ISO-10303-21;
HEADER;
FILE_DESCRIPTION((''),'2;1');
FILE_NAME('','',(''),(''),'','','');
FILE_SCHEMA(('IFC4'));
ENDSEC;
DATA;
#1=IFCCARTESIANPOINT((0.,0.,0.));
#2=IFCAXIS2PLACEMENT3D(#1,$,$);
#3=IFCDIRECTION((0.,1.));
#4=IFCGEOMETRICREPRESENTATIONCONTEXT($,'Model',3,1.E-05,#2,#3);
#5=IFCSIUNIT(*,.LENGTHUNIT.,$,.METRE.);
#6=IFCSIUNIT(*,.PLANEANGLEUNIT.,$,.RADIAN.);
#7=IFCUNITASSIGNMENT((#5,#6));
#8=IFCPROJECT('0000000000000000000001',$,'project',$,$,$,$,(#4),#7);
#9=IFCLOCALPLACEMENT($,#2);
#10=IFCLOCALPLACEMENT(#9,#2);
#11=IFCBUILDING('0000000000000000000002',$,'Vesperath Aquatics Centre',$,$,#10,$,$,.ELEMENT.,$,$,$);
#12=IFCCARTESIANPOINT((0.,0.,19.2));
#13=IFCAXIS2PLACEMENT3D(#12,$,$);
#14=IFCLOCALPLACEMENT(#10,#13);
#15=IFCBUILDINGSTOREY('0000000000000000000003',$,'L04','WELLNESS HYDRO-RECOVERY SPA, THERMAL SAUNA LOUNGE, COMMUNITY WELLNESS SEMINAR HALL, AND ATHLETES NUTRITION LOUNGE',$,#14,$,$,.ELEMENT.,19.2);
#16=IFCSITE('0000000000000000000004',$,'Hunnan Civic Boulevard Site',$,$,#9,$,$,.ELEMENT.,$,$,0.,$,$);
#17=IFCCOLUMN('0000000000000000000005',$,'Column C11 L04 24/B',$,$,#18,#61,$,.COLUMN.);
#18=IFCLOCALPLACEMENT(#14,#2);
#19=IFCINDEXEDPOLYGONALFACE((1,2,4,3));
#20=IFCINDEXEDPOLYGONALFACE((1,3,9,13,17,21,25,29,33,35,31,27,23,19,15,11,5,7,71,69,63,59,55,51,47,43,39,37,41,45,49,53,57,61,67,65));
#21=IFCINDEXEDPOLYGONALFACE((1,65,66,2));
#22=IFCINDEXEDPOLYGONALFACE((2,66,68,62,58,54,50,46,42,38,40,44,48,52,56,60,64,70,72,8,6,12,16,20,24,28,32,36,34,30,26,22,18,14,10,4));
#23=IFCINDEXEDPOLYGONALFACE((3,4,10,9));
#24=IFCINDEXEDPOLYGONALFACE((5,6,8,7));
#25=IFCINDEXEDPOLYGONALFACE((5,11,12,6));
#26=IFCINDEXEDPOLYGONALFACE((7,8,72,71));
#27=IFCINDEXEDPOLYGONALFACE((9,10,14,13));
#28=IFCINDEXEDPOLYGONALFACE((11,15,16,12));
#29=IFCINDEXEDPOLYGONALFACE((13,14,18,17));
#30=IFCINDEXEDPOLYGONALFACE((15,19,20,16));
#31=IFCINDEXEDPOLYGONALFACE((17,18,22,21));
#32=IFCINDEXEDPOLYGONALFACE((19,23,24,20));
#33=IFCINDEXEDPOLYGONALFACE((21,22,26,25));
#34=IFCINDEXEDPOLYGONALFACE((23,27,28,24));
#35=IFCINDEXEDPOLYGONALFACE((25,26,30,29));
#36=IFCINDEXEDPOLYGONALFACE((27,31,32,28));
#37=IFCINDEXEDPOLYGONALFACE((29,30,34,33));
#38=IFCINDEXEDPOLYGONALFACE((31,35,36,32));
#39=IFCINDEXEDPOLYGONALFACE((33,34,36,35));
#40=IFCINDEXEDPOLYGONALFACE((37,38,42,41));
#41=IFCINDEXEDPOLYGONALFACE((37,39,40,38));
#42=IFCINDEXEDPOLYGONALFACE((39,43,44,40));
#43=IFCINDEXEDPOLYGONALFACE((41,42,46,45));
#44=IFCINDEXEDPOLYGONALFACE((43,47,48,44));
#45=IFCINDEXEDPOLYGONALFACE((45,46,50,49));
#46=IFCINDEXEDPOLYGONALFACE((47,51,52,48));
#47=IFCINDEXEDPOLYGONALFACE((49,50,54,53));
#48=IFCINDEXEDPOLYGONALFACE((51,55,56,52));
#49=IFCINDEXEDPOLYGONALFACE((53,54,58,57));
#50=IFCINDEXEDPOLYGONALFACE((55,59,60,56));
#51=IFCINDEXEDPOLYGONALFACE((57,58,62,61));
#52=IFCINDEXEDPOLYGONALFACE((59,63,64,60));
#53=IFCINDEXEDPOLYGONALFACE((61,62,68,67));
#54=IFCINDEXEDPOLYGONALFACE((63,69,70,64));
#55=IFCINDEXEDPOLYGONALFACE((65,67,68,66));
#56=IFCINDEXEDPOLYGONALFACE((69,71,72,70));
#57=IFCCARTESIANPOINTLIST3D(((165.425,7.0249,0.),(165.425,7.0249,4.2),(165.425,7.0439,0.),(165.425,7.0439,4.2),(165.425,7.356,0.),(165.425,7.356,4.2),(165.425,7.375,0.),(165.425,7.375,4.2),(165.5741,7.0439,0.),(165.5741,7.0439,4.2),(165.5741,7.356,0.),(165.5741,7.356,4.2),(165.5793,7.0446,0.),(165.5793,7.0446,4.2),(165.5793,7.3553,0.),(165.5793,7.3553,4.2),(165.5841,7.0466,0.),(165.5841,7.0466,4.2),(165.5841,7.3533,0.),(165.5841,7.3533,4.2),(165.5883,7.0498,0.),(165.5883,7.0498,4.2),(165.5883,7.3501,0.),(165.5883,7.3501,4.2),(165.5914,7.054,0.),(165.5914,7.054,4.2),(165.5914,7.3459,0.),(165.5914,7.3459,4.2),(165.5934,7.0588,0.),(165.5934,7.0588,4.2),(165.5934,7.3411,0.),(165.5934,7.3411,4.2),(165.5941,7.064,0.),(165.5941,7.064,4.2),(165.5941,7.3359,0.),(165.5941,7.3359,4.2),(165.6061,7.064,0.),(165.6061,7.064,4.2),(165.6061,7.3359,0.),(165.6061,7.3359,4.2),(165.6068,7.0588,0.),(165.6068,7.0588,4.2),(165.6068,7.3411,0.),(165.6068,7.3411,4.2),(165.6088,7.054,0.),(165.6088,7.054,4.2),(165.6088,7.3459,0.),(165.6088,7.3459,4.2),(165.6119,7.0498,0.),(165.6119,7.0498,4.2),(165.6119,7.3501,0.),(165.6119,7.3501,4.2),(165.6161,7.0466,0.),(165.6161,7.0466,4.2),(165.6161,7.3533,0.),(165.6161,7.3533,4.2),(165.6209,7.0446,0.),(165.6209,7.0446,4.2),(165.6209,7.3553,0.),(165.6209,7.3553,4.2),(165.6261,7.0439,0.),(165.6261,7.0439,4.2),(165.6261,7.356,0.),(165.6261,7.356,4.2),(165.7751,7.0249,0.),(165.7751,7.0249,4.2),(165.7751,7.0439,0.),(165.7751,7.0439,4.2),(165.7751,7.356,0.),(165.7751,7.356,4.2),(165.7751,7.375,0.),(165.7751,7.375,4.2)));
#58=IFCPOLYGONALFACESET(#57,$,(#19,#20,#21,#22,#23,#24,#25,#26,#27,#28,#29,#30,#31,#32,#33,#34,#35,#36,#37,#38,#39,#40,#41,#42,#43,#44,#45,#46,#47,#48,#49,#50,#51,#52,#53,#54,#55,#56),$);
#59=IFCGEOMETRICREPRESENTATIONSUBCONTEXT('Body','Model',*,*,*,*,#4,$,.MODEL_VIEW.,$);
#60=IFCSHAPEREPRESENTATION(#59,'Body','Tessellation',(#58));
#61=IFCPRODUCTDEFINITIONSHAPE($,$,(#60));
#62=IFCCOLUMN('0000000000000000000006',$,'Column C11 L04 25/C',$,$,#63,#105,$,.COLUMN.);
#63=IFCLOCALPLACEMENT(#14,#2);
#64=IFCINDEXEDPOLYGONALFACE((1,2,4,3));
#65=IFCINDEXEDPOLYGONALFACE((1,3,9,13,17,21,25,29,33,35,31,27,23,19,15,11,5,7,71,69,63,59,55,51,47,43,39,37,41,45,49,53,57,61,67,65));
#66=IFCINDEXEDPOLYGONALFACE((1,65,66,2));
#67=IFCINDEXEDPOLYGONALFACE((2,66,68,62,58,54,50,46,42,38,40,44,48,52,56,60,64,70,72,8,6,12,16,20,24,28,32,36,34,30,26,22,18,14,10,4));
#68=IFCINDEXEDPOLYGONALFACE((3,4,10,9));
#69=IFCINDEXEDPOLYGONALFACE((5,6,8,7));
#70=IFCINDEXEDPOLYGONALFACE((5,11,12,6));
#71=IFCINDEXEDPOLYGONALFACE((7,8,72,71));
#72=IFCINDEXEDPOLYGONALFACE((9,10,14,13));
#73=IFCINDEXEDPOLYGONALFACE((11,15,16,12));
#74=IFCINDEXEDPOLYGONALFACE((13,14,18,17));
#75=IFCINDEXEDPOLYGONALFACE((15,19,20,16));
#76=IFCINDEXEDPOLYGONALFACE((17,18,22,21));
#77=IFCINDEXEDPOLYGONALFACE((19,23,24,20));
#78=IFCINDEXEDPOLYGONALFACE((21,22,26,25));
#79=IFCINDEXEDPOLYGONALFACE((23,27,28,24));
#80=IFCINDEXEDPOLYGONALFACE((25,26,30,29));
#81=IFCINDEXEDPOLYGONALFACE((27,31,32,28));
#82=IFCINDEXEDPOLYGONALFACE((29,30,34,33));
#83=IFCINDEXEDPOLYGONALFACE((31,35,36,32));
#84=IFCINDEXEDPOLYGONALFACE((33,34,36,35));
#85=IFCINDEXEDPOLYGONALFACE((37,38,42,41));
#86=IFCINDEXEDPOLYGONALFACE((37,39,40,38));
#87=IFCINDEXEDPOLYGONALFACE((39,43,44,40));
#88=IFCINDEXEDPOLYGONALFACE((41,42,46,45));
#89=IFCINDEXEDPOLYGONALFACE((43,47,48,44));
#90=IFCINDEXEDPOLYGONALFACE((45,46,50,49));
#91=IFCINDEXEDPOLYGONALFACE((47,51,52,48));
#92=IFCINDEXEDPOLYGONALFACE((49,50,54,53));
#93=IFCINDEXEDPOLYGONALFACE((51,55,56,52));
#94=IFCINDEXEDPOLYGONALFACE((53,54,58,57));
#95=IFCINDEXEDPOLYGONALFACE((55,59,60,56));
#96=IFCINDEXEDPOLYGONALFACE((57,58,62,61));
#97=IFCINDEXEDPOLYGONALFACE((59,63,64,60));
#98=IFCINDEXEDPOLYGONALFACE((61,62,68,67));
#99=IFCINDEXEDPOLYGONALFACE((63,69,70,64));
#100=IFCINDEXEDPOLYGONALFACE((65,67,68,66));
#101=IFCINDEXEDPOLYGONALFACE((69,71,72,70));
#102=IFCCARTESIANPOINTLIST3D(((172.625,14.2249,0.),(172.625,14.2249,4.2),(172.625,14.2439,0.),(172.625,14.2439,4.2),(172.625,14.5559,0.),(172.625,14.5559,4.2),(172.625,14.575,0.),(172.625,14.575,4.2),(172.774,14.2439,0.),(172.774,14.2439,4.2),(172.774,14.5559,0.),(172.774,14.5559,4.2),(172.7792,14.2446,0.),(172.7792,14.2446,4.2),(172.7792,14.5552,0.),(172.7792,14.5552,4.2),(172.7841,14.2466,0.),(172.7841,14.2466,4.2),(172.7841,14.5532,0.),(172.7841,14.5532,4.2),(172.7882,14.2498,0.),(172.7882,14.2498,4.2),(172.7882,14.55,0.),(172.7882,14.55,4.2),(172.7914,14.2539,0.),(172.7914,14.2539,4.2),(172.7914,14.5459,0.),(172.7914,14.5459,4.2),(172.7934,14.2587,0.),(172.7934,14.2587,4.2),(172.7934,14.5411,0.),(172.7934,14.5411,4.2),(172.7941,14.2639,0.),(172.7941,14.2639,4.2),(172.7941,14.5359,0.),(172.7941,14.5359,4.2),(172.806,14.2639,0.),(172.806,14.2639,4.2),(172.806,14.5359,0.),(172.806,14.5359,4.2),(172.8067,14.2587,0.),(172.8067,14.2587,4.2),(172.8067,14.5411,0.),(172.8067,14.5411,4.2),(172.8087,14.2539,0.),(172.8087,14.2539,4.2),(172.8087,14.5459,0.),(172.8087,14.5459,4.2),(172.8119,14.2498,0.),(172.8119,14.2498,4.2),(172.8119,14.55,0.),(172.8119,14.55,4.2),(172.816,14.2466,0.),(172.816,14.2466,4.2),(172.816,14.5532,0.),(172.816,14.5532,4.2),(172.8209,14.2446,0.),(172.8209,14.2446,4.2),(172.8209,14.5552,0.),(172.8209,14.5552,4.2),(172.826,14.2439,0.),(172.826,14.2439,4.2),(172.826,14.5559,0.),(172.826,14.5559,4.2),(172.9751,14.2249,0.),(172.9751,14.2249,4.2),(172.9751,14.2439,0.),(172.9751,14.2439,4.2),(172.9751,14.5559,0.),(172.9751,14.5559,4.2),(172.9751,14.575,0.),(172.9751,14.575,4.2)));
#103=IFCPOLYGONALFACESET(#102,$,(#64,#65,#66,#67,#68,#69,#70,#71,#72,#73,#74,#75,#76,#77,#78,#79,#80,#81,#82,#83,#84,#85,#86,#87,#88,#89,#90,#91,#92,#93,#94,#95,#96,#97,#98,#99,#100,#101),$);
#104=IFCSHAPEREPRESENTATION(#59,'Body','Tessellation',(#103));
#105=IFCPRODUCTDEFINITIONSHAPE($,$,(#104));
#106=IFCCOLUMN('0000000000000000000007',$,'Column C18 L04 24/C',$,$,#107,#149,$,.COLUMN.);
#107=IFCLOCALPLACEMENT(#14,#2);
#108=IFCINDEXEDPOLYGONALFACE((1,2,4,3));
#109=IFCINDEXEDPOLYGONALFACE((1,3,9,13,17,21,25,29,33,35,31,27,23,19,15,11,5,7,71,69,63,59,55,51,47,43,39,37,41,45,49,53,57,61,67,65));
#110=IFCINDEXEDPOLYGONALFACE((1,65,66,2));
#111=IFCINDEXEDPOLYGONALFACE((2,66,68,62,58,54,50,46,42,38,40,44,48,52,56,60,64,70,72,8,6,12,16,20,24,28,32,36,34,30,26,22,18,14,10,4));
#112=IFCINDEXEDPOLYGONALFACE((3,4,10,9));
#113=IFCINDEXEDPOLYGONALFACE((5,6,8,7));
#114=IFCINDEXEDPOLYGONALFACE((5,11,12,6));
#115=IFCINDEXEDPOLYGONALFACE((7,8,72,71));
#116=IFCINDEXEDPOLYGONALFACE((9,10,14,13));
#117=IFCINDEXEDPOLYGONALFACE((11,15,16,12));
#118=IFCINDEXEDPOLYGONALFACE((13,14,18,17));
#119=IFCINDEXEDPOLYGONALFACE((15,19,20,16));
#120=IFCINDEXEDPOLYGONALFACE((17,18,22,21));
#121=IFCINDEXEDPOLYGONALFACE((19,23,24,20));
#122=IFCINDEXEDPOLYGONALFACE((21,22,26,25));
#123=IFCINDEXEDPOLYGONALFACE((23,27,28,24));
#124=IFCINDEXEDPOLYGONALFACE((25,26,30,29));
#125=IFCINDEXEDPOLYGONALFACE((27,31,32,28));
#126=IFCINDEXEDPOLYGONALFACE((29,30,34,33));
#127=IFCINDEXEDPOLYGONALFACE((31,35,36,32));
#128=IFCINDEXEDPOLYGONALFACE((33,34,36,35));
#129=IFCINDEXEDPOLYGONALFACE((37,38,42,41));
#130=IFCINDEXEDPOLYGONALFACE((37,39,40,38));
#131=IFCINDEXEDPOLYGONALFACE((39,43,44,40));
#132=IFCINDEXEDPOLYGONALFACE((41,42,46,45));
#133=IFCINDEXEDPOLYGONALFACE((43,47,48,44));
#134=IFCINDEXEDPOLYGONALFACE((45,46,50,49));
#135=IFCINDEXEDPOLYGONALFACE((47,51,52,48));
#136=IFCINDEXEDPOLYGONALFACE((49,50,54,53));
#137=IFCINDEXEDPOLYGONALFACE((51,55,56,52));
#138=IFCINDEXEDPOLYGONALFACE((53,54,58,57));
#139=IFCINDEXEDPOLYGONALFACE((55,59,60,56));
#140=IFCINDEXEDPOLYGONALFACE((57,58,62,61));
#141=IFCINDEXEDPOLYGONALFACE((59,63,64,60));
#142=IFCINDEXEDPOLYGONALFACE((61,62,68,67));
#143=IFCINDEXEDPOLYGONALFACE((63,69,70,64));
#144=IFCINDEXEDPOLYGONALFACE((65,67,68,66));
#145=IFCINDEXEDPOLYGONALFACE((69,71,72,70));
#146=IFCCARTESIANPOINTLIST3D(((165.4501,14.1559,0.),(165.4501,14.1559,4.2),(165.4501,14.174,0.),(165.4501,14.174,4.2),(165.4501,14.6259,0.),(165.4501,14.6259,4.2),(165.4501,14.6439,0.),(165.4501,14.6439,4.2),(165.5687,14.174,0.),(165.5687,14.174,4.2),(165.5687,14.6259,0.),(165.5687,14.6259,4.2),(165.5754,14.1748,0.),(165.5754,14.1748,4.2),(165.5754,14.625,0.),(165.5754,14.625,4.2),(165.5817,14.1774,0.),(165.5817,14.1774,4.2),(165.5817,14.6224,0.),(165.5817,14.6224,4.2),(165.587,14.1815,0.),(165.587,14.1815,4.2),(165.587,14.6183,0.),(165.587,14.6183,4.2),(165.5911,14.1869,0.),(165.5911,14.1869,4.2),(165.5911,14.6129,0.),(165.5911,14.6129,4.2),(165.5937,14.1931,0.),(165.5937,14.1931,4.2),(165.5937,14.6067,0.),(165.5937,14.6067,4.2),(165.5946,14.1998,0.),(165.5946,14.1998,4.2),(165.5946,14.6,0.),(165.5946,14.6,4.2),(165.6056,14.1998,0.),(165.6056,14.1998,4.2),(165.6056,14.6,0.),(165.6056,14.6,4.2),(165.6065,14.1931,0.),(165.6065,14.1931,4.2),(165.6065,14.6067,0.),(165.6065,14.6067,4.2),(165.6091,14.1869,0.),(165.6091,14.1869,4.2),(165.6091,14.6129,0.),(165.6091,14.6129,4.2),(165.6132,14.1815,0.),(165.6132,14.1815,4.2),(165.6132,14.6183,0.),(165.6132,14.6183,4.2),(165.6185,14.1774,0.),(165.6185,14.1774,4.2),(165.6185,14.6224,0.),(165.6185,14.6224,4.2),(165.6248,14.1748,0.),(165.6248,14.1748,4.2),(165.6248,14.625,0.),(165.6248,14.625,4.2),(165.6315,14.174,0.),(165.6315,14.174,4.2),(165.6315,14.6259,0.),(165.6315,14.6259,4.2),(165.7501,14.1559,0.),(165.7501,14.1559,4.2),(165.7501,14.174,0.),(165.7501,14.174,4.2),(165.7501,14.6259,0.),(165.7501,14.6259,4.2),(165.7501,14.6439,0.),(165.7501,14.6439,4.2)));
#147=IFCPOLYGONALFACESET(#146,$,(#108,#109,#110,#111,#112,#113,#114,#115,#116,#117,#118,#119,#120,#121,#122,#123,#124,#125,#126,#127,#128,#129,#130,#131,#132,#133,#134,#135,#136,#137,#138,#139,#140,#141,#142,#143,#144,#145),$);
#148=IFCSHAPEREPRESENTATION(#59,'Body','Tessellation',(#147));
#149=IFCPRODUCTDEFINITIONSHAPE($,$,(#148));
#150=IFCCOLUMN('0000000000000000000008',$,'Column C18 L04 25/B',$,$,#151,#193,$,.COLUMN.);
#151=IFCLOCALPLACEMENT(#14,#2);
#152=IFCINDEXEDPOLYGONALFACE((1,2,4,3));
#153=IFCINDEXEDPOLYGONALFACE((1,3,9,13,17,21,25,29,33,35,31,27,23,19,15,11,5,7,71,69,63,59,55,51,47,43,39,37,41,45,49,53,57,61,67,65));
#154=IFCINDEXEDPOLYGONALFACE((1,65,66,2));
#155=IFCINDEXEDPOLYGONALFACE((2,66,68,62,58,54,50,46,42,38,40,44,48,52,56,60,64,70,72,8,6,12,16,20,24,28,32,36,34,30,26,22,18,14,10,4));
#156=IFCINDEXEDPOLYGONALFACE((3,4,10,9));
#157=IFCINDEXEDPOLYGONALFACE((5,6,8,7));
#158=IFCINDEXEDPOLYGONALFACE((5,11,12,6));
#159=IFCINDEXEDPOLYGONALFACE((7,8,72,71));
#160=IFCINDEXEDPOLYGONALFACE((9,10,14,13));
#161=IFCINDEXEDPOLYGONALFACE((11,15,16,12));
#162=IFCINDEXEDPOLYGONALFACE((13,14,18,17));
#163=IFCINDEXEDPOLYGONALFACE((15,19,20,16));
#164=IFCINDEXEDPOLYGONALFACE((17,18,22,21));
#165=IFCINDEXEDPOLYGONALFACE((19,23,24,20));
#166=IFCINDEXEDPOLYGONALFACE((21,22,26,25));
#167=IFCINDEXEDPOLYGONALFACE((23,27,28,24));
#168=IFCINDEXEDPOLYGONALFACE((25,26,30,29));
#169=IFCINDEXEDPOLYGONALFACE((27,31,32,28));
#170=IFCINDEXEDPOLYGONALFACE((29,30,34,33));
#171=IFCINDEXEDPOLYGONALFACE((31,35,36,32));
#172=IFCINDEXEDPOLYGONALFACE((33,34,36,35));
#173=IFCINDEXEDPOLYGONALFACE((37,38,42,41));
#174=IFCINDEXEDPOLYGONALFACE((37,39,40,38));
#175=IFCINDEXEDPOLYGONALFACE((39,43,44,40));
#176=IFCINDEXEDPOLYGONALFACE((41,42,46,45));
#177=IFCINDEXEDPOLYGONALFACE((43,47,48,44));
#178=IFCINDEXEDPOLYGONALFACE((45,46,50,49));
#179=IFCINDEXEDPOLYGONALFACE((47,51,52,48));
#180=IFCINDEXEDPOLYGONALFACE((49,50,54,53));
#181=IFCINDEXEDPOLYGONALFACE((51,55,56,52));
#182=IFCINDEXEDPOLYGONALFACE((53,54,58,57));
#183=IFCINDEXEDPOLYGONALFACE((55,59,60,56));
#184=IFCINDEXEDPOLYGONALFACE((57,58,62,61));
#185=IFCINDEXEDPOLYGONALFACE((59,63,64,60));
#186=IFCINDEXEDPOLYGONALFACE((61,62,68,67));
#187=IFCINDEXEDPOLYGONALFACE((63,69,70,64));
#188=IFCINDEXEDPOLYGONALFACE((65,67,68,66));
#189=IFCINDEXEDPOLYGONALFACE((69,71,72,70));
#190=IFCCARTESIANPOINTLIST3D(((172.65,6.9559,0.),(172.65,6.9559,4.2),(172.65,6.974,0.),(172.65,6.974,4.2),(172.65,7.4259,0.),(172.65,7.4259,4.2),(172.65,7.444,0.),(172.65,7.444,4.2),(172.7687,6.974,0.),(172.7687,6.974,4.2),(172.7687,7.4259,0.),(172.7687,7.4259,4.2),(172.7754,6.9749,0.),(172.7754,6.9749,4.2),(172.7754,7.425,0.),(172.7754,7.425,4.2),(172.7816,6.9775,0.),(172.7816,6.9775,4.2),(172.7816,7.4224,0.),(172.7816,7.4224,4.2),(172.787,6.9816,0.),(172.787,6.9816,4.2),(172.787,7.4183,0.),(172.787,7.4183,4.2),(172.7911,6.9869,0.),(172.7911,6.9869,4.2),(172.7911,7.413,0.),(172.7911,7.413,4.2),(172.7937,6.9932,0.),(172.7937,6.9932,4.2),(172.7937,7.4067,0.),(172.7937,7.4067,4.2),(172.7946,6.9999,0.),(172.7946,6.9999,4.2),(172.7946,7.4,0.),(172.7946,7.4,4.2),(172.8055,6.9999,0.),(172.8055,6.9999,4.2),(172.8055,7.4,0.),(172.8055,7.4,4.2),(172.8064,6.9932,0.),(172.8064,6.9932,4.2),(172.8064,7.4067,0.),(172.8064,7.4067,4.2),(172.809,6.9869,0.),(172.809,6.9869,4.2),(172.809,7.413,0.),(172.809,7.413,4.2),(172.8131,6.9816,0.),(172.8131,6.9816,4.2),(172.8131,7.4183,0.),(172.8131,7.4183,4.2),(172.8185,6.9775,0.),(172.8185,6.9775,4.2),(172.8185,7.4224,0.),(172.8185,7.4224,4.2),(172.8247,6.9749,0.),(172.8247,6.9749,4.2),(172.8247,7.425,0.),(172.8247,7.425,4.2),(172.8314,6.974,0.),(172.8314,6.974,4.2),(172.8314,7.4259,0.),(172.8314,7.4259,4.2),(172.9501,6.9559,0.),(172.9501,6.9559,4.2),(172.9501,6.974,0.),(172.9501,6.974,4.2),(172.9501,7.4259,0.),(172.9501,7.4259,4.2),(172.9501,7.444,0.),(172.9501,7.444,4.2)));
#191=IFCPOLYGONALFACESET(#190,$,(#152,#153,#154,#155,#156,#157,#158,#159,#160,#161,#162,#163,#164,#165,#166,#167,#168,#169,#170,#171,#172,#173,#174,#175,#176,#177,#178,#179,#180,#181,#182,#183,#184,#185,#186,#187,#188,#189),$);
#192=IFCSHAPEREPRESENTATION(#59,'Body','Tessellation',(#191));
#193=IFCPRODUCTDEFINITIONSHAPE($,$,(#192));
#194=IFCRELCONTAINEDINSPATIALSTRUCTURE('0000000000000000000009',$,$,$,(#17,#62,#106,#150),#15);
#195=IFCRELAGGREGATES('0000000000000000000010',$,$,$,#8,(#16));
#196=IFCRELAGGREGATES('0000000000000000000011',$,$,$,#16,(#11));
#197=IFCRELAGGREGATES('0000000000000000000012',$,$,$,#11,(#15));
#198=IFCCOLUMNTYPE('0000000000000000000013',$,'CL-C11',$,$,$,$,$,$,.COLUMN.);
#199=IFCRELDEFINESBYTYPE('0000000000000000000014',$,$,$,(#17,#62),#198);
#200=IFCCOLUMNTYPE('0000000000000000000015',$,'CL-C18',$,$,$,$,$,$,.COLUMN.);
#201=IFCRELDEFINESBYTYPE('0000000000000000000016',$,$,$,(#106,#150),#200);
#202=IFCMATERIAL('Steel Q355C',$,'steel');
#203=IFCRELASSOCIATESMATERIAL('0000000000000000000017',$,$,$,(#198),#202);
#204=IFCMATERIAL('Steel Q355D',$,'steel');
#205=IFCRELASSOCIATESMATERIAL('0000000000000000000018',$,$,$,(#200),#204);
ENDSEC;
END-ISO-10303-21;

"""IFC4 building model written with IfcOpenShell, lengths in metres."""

from ifc_helpers import new_model, si_unit, direction, frame, origin, origin_2d, place, context, subcontext, project, spatial, i_section, extrude, material, material_profile, profile_set, type_object, element, save


model = new_model("IFC4")

# Units and contexts
model_context = context("Model", 3, precision=1e-05, world=origin(), true_north=direction((0.0, 1.0)))
body_context = subcontext(model_context, "Body", "Model", "MODEL_VIEW")
ifc_project = project(units=[si_unit("LENGTHUNIT", "METRE"), si_unit("PLANEANGLEUNIT", "RADIAN")], contexts=[model_context])

# Site, building, storey
site_placement = place(None, origin())
site = spatial("IfcSite", under=ifc_project, at=site_placement, Name="Hunnan Civic Boulevard Site", CompositionType="ELEMENT", RefElevation=0.0)
building_placement = place(site_placement, origin())
building = spatial("IfcBuilding", under=site, at=building_placement, Name="Vesperath Aquatics Centre", CompositionType="ELEMENT")
storey_placement = place(building_placement, frame((0.0, 0.0, 19.2)))
storey = spatial("IfcBuildingStorey", under=building, at=storey_placement, Name="L04", Description="WELLNESS HYDRO-RECOVERY SPA, THERMAL SAUNA LOUNGE, COMMUNITY WELLNESS SEMINAR HALL, AND ATHLETES NUTRITION LOUNGE", CompositionType="ELEMENT", Elevation=19.2)

# Columns
ifc_material_1 = material(Name="Steel Q355C", Category="steel")
ifc_material_profile_1 = material_profile(ifc_material_1, i_section(OverallWidth=0.3501, OverallDepth=0.3501, WebThickness=0.012, FlangeThickness=0.019, FilletRadius=0.02, at=origin_2d()), Name="HW 350x350x12x19")
ifc_profile_set_1 = profile_set([ifc_material_profile_1], Name="Steel Q355C")
column_type_1 = type_object("IfcColumnType", Name="CL-C11", PredefinedType="COLUMN", material=ifc_profile_set_1)
for number, where, z_axis, x_axis, name in (
    (1, (165.6001, 7.2, 0.0), (0.0, 0.0, 1.0), (1.0, 0.0, 0.0), "Column C11 L04 24/B"),
    (2, (172.8, 14.3999, 0.0), (0.0, 0.0, 1.0), (1.0, 0.0, 0.0), "Column C11 L04 25/C"),
):
    element("IfcColumn", number, at=place(storey_placement, frame(where, z_axis=z_axis, x_axis=x_axis)), inside=storey, type_object=column_type_1, Name=name, PredefinedType="COLUMN", context=body_context, shape_type="SweptSolid", body=[
        extrude(i_section(OverallWidth=0.3501, OverallDepth=0.3501, WebThickness=0.012, FlangeThickness=0.019, FilletRadius=0.02, at=origin_2d()), origin(), (0.0, 0.0, 1.0), 4.2),
    ])
ifc_material_2 = material(Name="Steel Q355D", Category="steel")
ifc_material_profile_2 = material_profile(ifc_material_2, i_section(OverallWidth=0.3, OverallDepth=0.488, WebThickness=0.011, FlangeThickness=0.0181, FilletRadius=0.0259, at=origin_2d()), Name="HM 488x300x11x18")
ifc_profile_set_2 = profile_set([ifc_material_profile_2], Name="Steel Q355D")
column_type_2 = type_object("IfcColumnType", Name="CL-C18", PredefinedType="COLUMN", material=ifc_profile_set_2)
for number, where, z_axis, x_axis, name in (
    (3, (165.6001, 14.3999, 0.0), (0.0, 0.0, 1.0), (1.0, 0.0, 0.0), "Column C18 L04 24/C"),
    (4, (172.8, 7.2, 0.0), (0.0, 0.0, 1.0), (1.0, 0.0, 0.0), "Column C18 L04 25/B"),
):
    element("IfcColumn", number, at=place(storey_placement, frame(where, z_axis=z_axis, x_axis=x_axis)), inside=storey, type_object=column_type_2, Name=name, PredefinedType="COLUMN", context=body_context, shape_type="SweptSolid", body=[
        extrude(i_section(OverallWidth=0.3, OverallDepth=0.488, WebThickness=0.011, FlangeThickness=0.0181, FilletRadius=0.0259, at=origin_2d()), origin(), (0.0, 0.0, 1.0), 4.2),
    ])

save(model, "model.ifc")
